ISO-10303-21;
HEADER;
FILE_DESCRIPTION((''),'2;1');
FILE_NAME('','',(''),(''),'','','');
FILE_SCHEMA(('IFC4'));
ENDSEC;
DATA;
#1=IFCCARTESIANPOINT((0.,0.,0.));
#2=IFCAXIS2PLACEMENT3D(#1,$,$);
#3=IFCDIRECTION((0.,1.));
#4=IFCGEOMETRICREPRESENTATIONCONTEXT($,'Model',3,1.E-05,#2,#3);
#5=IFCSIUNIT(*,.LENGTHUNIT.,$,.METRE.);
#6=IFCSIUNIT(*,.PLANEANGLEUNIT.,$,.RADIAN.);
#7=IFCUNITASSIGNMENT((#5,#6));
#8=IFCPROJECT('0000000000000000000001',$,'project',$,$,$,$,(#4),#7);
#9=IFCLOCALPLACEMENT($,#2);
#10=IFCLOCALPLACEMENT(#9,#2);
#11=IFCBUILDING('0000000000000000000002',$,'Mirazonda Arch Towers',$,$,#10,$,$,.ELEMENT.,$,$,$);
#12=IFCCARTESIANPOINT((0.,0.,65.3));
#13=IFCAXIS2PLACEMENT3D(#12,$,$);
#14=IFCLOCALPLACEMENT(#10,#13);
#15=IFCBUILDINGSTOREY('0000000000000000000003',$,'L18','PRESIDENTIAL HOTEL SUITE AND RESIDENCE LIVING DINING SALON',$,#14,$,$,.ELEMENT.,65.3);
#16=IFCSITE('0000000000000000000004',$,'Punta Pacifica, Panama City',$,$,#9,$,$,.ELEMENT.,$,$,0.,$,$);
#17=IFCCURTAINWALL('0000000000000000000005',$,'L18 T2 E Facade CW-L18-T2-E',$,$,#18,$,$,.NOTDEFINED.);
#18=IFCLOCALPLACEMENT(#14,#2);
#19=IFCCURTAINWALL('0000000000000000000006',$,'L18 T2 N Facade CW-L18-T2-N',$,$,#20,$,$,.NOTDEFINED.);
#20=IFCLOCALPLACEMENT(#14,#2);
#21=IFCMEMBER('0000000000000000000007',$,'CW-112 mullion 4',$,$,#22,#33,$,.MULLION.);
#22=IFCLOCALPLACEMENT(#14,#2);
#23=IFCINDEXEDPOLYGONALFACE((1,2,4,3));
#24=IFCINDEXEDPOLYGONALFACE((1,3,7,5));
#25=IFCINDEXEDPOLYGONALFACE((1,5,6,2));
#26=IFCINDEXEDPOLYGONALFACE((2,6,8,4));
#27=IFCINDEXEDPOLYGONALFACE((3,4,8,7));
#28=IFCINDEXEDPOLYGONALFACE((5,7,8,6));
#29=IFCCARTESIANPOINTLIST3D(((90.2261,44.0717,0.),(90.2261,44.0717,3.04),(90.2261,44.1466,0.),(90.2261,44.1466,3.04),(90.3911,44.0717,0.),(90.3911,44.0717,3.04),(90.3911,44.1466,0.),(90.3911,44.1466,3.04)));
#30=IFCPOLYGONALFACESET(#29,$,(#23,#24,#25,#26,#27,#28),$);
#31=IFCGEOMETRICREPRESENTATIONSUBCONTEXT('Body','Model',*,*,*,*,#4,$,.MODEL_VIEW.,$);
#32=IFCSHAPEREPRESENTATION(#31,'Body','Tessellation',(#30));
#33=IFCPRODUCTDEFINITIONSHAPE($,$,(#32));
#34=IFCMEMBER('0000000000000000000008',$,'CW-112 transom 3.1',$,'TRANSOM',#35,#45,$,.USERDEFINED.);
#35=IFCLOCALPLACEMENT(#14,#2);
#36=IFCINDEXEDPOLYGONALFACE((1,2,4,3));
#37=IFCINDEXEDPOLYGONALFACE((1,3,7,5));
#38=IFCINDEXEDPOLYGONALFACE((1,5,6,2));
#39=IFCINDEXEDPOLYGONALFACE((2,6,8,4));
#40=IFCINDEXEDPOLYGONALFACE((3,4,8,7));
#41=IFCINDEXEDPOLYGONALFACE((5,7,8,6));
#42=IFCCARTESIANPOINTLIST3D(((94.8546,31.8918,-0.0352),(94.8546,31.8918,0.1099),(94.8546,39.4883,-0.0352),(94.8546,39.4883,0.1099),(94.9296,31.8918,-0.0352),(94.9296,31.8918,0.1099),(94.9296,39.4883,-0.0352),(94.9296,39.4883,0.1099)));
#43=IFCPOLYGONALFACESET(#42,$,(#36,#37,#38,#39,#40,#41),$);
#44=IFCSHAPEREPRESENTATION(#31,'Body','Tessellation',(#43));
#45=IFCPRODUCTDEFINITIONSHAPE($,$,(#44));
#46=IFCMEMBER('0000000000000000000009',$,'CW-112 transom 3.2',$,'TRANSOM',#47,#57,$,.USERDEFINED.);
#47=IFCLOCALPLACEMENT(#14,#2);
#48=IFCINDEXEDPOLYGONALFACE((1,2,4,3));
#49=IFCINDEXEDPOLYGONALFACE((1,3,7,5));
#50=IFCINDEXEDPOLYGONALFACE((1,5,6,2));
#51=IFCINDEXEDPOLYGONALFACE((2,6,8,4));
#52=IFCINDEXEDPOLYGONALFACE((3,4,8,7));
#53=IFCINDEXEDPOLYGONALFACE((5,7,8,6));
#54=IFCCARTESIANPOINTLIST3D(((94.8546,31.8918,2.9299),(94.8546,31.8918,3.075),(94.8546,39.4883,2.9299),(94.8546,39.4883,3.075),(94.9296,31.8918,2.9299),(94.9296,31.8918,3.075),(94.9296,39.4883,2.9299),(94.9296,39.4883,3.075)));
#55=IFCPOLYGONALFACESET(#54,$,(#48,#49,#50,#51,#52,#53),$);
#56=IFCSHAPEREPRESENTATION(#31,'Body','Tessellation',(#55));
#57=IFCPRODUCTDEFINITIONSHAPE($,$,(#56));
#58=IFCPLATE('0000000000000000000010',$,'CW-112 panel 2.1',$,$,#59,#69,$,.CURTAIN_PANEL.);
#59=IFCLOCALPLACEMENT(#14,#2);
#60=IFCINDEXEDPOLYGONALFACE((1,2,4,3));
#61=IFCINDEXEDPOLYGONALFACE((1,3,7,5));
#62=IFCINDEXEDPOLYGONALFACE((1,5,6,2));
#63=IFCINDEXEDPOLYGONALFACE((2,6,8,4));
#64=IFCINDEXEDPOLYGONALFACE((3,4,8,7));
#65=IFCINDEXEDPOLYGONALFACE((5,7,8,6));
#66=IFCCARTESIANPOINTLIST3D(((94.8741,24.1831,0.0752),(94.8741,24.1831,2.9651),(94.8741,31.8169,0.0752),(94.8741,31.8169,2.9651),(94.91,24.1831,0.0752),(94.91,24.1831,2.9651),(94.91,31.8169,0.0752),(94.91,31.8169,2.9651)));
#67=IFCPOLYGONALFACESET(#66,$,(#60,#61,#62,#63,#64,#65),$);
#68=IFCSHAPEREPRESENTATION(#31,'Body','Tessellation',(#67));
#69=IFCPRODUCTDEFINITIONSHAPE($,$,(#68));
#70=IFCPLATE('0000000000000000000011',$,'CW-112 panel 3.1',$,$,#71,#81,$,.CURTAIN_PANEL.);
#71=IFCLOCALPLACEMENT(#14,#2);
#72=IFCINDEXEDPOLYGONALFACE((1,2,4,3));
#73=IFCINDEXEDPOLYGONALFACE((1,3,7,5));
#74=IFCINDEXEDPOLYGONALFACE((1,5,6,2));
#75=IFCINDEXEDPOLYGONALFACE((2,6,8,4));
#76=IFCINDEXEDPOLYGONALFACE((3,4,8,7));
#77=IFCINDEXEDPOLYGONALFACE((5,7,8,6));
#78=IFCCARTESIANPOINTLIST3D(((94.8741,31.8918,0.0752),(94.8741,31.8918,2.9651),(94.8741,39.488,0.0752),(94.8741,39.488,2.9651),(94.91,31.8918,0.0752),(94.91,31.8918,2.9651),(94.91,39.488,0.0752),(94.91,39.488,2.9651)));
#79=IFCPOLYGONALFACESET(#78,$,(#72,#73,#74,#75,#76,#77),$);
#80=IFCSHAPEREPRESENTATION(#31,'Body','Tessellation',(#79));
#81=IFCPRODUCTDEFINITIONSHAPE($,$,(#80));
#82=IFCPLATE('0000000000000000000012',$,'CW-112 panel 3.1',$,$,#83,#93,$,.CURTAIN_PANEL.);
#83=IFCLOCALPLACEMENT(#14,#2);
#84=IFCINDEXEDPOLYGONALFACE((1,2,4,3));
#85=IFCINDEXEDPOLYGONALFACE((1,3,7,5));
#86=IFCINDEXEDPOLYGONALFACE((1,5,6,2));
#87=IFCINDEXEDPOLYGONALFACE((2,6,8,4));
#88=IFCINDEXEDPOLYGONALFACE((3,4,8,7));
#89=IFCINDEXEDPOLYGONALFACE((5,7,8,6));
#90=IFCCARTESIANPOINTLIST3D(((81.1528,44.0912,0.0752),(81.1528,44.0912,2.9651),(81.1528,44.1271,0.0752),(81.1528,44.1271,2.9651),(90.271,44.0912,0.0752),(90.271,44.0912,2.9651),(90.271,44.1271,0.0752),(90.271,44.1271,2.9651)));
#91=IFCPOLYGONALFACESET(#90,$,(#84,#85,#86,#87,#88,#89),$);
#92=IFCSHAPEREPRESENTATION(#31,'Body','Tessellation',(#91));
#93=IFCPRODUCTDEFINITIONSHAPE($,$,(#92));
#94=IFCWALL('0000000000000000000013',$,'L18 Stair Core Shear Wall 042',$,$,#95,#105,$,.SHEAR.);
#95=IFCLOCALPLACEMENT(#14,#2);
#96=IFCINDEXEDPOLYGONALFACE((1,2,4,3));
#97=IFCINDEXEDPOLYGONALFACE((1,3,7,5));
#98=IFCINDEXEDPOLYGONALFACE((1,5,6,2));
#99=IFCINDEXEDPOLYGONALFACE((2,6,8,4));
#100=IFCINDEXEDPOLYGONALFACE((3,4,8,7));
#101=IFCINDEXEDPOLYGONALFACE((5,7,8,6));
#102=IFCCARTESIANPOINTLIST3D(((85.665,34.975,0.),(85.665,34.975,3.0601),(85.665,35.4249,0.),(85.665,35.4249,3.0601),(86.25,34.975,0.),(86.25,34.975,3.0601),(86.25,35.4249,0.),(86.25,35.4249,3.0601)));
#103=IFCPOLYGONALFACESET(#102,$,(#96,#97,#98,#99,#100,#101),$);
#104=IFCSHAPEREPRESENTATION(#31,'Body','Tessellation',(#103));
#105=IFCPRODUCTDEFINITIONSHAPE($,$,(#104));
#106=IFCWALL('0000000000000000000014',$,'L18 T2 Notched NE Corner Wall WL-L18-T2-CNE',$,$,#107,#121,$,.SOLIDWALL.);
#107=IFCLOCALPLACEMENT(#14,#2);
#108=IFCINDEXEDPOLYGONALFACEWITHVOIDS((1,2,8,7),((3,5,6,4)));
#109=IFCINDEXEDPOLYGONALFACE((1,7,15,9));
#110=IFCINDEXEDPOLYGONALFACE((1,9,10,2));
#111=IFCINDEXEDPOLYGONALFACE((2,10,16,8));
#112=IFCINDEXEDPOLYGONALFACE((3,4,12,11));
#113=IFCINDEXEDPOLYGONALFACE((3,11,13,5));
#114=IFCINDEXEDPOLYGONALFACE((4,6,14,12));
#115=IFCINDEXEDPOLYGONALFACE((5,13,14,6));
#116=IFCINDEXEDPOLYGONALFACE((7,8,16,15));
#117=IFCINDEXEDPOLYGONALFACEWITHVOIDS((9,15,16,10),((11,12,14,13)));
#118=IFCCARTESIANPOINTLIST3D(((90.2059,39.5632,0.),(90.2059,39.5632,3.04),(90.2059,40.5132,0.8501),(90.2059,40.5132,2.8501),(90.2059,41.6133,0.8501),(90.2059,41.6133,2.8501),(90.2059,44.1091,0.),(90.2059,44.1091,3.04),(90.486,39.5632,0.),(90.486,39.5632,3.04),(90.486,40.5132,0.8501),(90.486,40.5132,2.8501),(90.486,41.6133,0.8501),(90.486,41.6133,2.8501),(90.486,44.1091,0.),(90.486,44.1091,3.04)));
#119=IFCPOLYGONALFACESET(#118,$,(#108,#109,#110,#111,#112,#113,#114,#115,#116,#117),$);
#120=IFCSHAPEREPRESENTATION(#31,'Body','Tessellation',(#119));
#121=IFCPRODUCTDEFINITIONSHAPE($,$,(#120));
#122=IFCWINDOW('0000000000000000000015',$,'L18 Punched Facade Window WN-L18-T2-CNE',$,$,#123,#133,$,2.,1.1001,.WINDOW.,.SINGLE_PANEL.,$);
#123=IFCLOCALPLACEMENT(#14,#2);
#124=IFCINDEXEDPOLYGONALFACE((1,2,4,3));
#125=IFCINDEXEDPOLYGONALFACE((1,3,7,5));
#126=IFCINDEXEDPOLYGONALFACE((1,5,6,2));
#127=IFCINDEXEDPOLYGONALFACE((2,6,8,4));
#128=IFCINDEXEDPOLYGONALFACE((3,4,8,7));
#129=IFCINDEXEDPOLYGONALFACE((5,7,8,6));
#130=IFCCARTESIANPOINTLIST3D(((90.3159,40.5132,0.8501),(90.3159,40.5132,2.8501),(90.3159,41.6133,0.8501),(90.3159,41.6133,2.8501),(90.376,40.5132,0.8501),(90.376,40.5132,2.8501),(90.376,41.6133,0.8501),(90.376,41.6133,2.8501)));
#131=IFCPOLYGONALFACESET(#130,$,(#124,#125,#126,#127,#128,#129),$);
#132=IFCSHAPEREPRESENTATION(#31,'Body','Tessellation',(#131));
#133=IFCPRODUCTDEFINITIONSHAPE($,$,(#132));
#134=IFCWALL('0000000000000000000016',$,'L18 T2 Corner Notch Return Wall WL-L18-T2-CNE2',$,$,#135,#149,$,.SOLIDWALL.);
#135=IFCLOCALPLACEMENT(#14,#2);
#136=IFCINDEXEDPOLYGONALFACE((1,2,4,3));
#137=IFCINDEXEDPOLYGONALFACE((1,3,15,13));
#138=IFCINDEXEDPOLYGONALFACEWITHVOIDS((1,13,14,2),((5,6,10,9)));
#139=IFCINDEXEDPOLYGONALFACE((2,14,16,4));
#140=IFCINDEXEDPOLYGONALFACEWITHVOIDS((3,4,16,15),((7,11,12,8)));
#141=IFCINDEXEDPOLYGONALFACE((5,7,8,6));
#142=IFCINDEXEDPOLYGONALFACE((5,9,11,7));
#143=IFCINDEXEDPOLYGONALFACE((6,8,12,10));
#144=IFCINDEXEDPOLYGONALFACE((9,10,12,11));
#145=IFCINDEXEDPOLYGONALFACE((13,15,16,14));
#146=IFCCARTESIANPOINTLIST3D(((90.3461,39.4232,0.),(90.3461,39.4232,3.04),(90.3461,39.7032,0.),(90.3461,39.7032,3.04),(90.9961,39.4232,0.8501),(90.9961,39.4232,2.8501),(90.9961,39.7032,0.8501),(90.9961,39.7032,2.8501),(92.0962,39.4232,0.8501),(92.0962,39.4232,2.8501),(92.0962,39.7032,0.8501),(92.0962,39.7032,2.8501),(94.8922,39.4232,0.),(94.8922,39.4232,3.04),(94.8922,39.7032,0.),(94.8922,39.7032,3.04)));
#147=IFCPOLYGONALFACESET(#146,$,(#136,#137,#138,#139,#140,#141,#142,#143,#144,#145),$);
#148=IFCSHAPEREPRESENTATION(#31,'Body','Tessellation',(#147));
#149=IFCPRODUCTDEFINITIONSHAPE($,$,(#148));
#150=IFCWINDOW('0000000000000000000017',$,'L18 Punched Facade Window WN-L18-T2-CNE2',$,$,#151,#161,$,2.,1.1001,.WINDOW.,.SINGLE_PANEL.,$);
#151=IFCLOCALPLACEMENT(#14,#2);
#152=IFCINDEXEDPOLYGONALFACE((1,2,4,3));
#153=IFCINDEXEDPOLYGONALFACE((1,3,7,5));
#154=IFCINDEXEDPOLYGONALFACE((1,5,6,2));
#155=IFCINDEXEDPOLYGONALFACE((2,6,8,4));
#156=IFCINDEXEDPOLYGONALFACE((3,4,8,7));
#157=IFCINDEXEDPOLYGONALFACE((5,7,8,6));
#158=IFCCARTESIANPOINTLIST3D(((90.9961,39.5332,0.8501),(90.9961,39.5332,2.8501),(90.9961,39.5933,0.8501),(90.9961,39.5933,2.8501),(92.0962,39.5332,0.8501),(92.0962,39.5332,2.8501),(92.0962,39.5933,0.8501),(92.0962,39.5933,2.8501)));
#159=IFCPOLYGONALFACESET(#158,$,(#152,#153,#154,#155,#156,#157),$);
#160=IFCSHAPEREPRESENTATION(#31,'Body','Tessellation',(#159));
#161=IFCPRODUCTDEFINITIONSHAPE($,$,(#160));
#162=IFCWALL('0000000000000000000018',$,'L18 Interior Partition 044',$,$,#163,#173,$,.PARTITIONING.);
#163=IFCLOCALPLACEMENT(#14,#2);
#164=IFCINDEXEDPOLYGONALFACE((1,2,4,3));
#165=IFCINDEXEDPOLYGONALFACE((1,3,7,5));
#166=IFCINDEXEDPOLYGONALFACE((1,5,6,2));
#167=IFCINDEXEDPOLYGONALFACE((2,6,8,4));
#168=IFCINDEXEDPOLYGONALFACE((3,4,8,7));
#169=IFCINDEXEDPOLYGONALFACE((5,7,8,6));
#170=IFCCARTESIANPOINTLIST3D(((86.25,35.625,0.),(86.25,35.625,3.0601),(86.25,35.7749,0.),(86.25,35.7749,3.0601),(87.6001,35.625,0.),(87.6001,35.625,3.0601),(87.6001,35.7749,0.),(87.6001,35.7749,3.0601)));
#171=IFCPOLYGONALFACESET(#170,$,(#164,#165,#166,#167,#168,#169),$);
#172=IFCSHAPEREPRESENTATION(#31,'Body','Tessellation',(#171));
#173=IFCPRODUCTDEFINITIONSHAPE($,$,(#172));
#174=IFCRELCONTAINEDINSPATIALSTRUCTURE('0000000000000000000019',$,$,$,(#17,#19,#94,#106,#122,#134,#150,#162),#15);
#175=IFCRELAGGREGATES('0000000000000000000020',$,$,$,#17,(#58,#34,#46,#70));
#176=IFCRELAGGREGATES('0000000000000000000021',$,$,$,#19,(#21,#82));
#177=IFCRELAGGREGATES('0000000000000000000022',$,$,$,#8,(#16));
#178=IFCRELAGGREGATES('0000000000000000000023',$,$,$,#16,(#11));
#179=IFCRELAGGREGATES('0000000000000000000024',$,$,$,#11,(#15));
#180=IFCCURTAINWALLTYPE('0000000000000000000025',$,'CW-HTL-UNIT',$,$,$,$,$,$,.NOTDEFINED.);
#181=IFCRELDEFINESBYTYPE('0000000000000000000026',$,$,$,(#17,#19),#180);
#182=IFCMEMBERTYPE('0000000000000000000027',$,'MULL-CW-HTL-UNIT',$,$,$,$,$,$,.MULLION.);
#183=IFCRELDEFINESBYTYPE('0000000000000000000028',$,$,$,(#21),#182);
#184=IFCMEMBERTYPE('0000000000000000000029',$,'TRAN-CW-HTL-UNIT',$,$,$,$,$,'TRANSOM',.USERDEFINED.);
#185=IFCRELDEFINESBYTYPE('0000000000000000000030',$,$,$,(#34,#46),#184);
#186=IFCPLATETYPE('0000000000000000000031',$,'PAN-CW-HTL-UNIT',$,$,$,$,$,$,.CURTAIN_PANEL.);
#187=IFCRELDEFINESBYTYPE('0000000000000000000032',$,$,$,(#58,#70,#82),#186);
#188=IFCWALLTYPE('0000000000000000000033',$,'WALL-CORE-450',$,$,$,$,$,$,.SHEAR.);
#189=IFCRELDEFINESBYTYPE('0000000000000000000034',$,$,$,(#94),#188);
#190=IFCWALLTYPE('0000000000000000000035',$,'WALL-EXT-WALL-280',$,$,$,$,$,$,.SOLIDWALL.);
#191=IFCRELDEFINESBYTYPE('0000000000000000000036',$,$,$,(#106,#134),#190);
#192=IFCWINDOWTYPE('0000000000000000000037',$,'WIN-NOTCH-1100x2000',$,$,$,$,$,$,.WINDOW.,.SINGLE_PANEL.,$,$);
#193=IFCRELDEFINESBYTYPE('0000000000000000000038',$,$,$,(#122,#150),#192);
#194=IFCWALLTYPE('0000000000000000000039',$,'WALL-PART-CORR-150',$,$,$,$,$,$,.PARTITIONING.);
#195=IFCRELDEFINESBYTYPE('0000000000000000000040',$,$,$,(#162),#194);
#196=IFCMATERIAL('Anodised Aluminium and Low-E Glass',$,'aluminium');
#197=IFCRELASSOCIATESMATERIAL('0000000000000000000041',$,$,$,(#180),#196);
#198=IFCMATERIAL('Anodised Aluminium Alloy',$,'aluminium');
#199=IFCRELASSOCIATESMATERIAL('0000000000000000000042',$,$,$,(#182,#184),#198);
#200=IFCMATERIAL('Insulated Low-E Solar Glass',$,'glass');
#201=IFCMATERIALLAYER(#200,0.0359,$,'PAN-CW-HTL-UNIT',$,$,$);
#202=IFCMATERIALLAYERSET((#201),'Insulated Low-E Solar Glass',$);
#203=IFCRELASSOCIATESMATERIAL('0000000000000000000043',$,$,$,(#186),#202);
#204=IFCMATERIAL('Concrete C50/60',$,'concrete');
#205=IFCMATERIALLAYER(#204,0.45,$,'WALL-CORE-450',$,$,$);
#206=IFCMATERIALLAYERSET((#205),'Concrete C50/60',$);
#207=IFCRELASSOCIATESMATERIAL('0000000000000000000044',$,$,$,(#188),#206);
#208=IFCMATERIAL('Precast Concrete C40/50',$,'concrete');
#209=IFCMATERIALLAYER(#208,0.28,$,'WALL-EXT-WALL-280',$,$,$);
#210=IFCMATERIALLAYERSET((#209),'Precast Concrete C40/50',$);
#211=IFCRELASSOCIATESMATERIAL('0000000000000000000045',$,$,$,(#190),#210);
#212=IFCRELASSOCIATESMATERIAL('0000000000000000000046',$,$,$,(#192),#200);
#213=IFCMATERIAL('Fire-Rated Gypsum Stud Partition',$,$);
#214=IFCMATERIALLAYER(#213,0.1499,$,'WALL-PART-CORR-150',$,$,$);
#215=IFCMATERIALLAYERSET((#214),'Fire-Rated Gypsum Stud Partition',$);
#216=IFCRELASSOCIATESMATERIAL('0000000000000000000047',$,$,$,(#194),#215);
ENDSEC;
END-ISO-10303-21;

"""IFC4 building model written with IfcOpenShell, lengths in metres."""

from ifc_helpers import new_model, si_unit, direction, frame, frame_2d, origin, origin_2d, place, context, subcontext, project, spatial, rectangle, extrude, material, layer, layer_set, material_profile, profile_set, type_object, element, fill, aggregate, save


model = new_model("IFC4")

# Units and contexts
model_context = context("Model", 3, precision=1e-05, world=origin(), true_north=direction((0.0, 1.0)))
body_context = subcontext(model_context, "Body", "Model", "MODEL_VIEW")
ifc_project = project(units=[si_unit("LENGTHUNIT", "METRE"), si_unit("PLANEANGLEUNIT", "RADIAN")], contexts=[model_context])

# Site, building, storey
site_placement = place(None, origin())
site = spatial("IfcSite", under=ifc_project, at=site_placement, Name="Punta Pacifica, Panama City", CompositionType="ELEMENT", RefElevation=0.0)
building_placement = place(site_placement, origin())
building = spatial("IfcBuilding", under=site, at=building_placement, Name="Mirazonda Arch Towers", CompositionType="ELEMENT")
storey_placement = place(building_placement, frame((0.0, 0.0, 65.3)))
storey = spatial("IfcBuildingStorey", under=building, at=storey_placement, Name="L18", Description="PRESIDENTIAL HOTEL SUITE AND RESIDENCE LIVING DINING SALON", CompositionType="ELEMENT", Elevation=65.3)

# Curtain wall
ifc_material_1 = material(Name="Anodised Aluminium and Low-E Glass", Category="aluminium")
curtain_wall_type = type_object("IfcCurtainWallType", Name="CW-HTL-UNIT", PredefinedType="NOTDEFINED", material=ifc_material_1)
curtain_wall_1_placement = place(storey_placement, origin())
curtain_wall_1 = element("IfcCurtainWall", 1, at=curtain_wall_1_placement, inside=storey, type_object=curtain_wall_type, Name="L18 T2 E Facade CW-L18-T2-E", PredefinedType="NOTDEFINED")
ifc_material_2 = material(Name="Anodised Aluminium Alloy", Category="aluminium")
ifc_material_profile_1 = material_profile(ifc_material_2, rectangle(XDim=0.075, YDim=0.165, at=origin_2d()), Name="ALU-MULL-75x165")
ifc_profile_set_1 = profile_set([ifc_material_profile_1], Name="Anodised Aluminium Alloy")
member_type_1 = type_object("IfcMemberType", Name="MULL-CW-HTL-UNIT", PredefinedType="MULLION", material=ifc_profile_set_1)

# Curtain wall, member
curtain_wall_2_placement = place(storey_placement, origin())
curtain_wall_2 = element("IfcCurtainWall", 2, at=curtain_wall_2_placement, inside=storey, type_object=curtain_wall_type, Name="L18 T2 N Facade CW-L18-T2-N", PredefinedType="NOTDEFINED")
member_1_placement = place(storey_placement, frame((90.3086, 44.1091, 0.0), z_axis=(0.0, 0.0, 1.0), x_axis=(0.0, 1.0, 0.0)))
member_1 = element("IfcMember", 3, at=member_1_placement, type_object=member_type_1, Name="CW-112 mullion 4", PredefinedType="MULLION", context=body_context, shape_type="SweptSolid", body=[
    extrude(rectangle(XDim=0.075, YDim=0.165, at=origin_2d()), origin(), (0.0, 0.0, 1.0), 3.04),
])

# Members
ifc_material_profile_2 = material_profile(ifc_material_2, rectangle(XDim=0.075, YDim=0.145, at=origin_2d()), Name="ALU-TRAN-75x145")
ifc_profile_set_2 = profile_set([ifc_material_profile_2], Name="Anodised Aluminium Alloy")
member_type_2 = type_object("IfcMemberType", Name="TRAN-CW-HTL-UNIT", ElementType="TRANSOM", PredefinedType="USERDEFINED", material=ifc_profile_set_2)
member_2_placement = place(storey_placement, frame((94.8921, 31.8918, 0.0374), z_axis=(0.0, 1.0, 0.0), x_axis=(-1.0, 0.0, 0.0)))
member_2 = element("IfcMember", 4, at=member_2_placement, type_object=member_type_2, Name="CW-112 transom 3.1", ObjectType="TRANSOM", PredefinedType="USERDEFINED", context=body_context, shape_type="SweptSolid", body=[
    extrude(rectangle(XDim=0.075, YDim=0.145, at=origin_2d()), origin(), (0.0, 0.0, 1.0), 7.5964),
])
member_3_placement = place(storey_placement, frame((94.8921, 31.8918, 3.0024), z_axis=(0.0, 1.0, 0.0), x_axis=(-1.0, 0.0, 0.0)))
member_3 = element("IfcMember", 5, at=member_3_placement, type_object=member_type_2, Name="CW-112 transom 3.2", ObjectType="TRANSOM", PredefinedType="USERDEFINED", context=body_context, shape_type="SweptSolid", body=[
    extrude(rectangle(XDim=0.075, YDim=0.145, at=origin_2d()), origin(), (0.0, 0.0, 1.0), 7.5964),
])

# Plates
ifc_material_3 = material(Name="Insulated Low-E Solar Glass", Category="glass")
ifc_layer_1 = layer(ifc_material_3, 0.0359, Name="PAN-CW-HTL-UNIT")
ifc_layer_set_1 = layer_set([ifc_layer_1], Name="Insulated Low-E Solar Glass")
plate_type = type_object("IfcPlateType", Name="PAN-CW-HTL-UNIT", PredefinedType="CURTAIN_PANEL", material=ifc_layer_set_1)
plate_1_placement = place(storey_placement, frame((94.8921, 28.0, 0.0752), z_axis=(0.0, 0.0, 1.0), x_axis=(0.0, 1.0, 0.0)))
plate_1 = element("IfcPlate", 6, at=plate_1_placement, type_object=plate_type, Name="CW-112 panel 2.1", PredefinedType="CURTAIN_PANEL", context=body_context, shape_type="SweptSolid", body=[
    extrude(rectangle(XDim=7.6338, YDim=0.0359, at=origin_2d()), origin(), (0.0, 0.0, 1.0), 2.8899),
])
plate_2_placement = place(storey_placement, frame((94.8921, 35.6899, 0.0752), z_axis=(0.0, 0.0, 1.0), x_axis=(0.0, 1.0, 0.0)))
plate_2 = element("IfcPlate", 7, at=plate_2_placement, type_object=plate_type, Name="CW-112 panel 3.1", PredefinedType="CURTAIN_PANEL", context=body_context, shape_type="SweptSolid", body=[
    extrude(rectangle(XDim=7.5962, YDim=0.0359, at=origin_2d()), origin(), (0.0, 0.0, 1.0), 2.8899),
])
aggregate(curtain_wall_1, [plate_1, member_2, member_3, plate_2])
plate_3_placement = place(storey_placement, frame((85.7119, 44.1091, 0.0752), z_axis=(0.0, 0.0, 1.0), x_axis=(1.0, 0.0, 0.0)))
plate_3 = element("IfcPlate", 8, at=plate_3_placement, type_object=plate_type, Name="CW-112 panel 3.1", PredefinedType="CURTAIN_PANEL", context=body_context, shape_type="SweptSolid", body=[
    extrude(rectangle(XDim=9.1182, YDim=0.0359, at=origin_2d()), origin(), (0.0, 0.0, 1.0), 2.8899),
])
aggregate(curtain_wall_2, [member_1, plate_3])

# Wall
ifc_material_4 = material(Name="Concrete C50/60", Category="concrete")
ifc_layer_2 = layer(ifc_material_4, 0.45, Name="WALL-CORE-450")
ifc_layer_set_2 = layer_set([ifc_layer_2], Name="Concrete C50/60")
wall_type_1 = type_object("IfcWallType", Name="WALL-CORE-450", PredefinedType="SHEAR", material=ifc_layer_set_2)
wall_1_placement = place(storey_placement, frame((85.665, 35.2, 0.0), z_axis=(0.0, 0.0, 1.0), x_axis=(1.0, 0.0, 0.0)))
element("IfcWall", 9, at=wall_1_placement, inside=storey, type_object=wall_type_1, Name="L18 Stair Core Shear Wall 042", PredefinedType="SHEAR", context=body_context, shape_type="SweptSolid", body=[
    extrude(rectangle(XDim=0.585, YDim=0.45, at=frame_2d((0.2925, 0.0))), origin(), (0.0, 0.0, 1.0), 3.0601),
])

# Walls, openings, windows
ifc_material_5 = material(Name="Precast Concrete C40/50", Category="concrete")
ifc_layer_3 = layer(ifc_material_5, 0.28, Name="WALL-EXT-WALL-280")
ifc_layer_set_3 = layer_set([ifc_layer_3], Name="Precast Concrete C40/50")
wall_type_2 = type_object("IfcWallType", Name="WALL-EXT-WALL-280", PredefinedType="SOLIDWALL", material=ifc_layer_set_3)
wall_2_placement = place(storey_placement, frame((90.3459, 39.5632, 0.0), z_axis=(0.0, 0.0, 1.0), x_axis=(0.0, 1.0, 0.0)))
wall_2 = element("IfcWall", 10, at=wall_2_placement, inside=storey, type_object=wall_type_2, Name="L18 T2 Notched NE Corner Wall WL-L18-T2-CNE", PredefinedType="SOLIDWALL", context=body_context, shape_type="SweptSolid", body=[
    extrude(rectangle(XDim=4.5459, YDim=0.28, at=frame_2d((2.2729, 0.0))), origin(), (0.0, 0.0, 1.0), 3.04),
])
opening_1_placement = place(wall_2_placement, frame((0.95, 0.0, 0.8501)))
opening_1 = element("IfcOpeningElement", 11, at=opening_1_placement, cuts=wall_2, PredefinedType="OPENING", context=body_context, shape_type="SweptSolid", body=[
    extrude(rectangle(XDim=1.1001, YDim=2.0, at=frame_2d((0.55, 1.0))), frame((0.0, 0.1499, 0.0), z_axis=(0.0, -1.0, 0.0), x_axis=(1.0, 0.0, 0.0)), (0.0, 0.0, 1.0), 0.3),
])
window_type = type_object("IfcWindowType", Name="WIN-NOTCH-1100x2000", PartitioningType="SINGLE_PANEL", PredefinedType="WINDOW", material=ifc_material_3)
window_1_placement = place(opening_1_placement, origin())
window_1 = element("IfcWindow", 12, at=window_1_placement, inside=storey, type_object=window_type, Name="L18 Punched Facade Window WN-L18-T2-CNE", OverallHeight=2.0, OverallWidth=1.1001, PartitioningType="SINGLE_PANEL", PredefinedType="WINDOW", context=body_context, shape_type="SweptSolid", body=[
    extrude(rectangle(XDim=1.1001, YDim=2.0, at=frame_2d((0.55, 1.0))), frame((0.0, 0.03, 0.0), z_axis=(0.0, -1.0, 0.0), x_axis=(1.0, 0.0, 0.0)), (0.0, 0.0, 1.0), 0.0601),
])
fill(opening_1, window_1)
wall_3_placement = place(storey_placement, frame((94.8921, 39.5632, 0.0), z_axis=(0.0, 0.0, 1.0), x_axis=(-1.0, 0.0, 0.0)))
wall_3 = element("IfcWall", 13, at=wall_3_placement, inside=storey, type_object=wall_type_2, Name="L18 T2 Corner Notch Return Wall WL-L18-T2-CNE2", PredefinedType="SOLIDWALL", context=body_context, shape_type="SweptSolid", body=[
    extrude(rectangle(XDim=4.5461, YDim=0.28, at=frame_2d((2.2729, 0.0))), origin(), (0.0, 0.0, 1.0), 3.04),
])
opening_2_placement = place(wall_3_placement, frame((2.7959, 0.0, 0.8501)))
opening_2 = element("IfcOpeningElement", 14, at=opening_2_placement, cuts=wall_3, PredefinedType="OPENING", context=body_context, shape_type="SweptSolid", body=[
    extrude(rectangle(XDim=1.1001, YDim=2.0, at=frame_2d((0.55, 1.0))), frame((0.0, 0.1499, 0.0), z_axis=(0.0, -1.0, 0.0), x_axis=(1.0, 0.0, 0.0)), (0.0, 0.0, 1.0), 0.3),
])
window_2_placement = place(opening_2_placement, origin())
window_2 = element("IfcWindow", 15, at=window_2_placement, inside=storey, type_object=window_type, Name="L18 Punched Facade Window WN-L18-T2-CNE2", OverallHeight=2.0, OverallWidth=1.1001, PartitioningType="SINGLE_PANEL", PredefinedType="WINDOW", context=body_context, shape_type="SweptSolid", body=[
    extrude(rectangle(XDim=1.1001, YDim=2.0, at=frame_2d((0.55, 1.0))), frame((0.0, 0.03, 0.0), z_axis=(0.0, -1.0, 0.0), x_axis=(1.0, 0.0, 0.0)), (0.0, 0.0, 1.0), 0.0601),
])
fill(opening_2, window_2)

# Shared definitions
ifc_material_6 = material(Name="Fire-Rated Gypsum Stud Partition")
ifc_layer_4 = layer(ifc_material_6, 0.1499, Name="WALL-PART-CORR-150")
ifc_layer_set_4 = layer_set([ifc_layer_4], Name="Fire-Rated Gypsum Stud Partition")
wall_type_3 = type_object("IfcWallType", Name="WALL-PART-CORR-150", PredefinedType="PARTITIONING", material=ifc_layer_set_4)

# Wall
wall_4_placement = place(storey_placement, frame((86.25, 35.7, 0.0), z_axis=(0.0, 0.0, 1.0), x_axis=(1.0, 0.0, 0.0)))
element("IfcWall", 16, at=wall_4_placement, inside=storey, type_object=wall_type_3, Name="L18 Interior Partition 044", PredefinedType="PARTITIONING", context=body_context, shape_type="SweptSolid", body=[
    extrude(rectangle(XDim=1.3501, YDim=0.1499, at=frame_2d((0.675, 0.0))), origin(), (0.0, 0.0, 1.0), 3.0601),
])

save(model, "model.ifc")
